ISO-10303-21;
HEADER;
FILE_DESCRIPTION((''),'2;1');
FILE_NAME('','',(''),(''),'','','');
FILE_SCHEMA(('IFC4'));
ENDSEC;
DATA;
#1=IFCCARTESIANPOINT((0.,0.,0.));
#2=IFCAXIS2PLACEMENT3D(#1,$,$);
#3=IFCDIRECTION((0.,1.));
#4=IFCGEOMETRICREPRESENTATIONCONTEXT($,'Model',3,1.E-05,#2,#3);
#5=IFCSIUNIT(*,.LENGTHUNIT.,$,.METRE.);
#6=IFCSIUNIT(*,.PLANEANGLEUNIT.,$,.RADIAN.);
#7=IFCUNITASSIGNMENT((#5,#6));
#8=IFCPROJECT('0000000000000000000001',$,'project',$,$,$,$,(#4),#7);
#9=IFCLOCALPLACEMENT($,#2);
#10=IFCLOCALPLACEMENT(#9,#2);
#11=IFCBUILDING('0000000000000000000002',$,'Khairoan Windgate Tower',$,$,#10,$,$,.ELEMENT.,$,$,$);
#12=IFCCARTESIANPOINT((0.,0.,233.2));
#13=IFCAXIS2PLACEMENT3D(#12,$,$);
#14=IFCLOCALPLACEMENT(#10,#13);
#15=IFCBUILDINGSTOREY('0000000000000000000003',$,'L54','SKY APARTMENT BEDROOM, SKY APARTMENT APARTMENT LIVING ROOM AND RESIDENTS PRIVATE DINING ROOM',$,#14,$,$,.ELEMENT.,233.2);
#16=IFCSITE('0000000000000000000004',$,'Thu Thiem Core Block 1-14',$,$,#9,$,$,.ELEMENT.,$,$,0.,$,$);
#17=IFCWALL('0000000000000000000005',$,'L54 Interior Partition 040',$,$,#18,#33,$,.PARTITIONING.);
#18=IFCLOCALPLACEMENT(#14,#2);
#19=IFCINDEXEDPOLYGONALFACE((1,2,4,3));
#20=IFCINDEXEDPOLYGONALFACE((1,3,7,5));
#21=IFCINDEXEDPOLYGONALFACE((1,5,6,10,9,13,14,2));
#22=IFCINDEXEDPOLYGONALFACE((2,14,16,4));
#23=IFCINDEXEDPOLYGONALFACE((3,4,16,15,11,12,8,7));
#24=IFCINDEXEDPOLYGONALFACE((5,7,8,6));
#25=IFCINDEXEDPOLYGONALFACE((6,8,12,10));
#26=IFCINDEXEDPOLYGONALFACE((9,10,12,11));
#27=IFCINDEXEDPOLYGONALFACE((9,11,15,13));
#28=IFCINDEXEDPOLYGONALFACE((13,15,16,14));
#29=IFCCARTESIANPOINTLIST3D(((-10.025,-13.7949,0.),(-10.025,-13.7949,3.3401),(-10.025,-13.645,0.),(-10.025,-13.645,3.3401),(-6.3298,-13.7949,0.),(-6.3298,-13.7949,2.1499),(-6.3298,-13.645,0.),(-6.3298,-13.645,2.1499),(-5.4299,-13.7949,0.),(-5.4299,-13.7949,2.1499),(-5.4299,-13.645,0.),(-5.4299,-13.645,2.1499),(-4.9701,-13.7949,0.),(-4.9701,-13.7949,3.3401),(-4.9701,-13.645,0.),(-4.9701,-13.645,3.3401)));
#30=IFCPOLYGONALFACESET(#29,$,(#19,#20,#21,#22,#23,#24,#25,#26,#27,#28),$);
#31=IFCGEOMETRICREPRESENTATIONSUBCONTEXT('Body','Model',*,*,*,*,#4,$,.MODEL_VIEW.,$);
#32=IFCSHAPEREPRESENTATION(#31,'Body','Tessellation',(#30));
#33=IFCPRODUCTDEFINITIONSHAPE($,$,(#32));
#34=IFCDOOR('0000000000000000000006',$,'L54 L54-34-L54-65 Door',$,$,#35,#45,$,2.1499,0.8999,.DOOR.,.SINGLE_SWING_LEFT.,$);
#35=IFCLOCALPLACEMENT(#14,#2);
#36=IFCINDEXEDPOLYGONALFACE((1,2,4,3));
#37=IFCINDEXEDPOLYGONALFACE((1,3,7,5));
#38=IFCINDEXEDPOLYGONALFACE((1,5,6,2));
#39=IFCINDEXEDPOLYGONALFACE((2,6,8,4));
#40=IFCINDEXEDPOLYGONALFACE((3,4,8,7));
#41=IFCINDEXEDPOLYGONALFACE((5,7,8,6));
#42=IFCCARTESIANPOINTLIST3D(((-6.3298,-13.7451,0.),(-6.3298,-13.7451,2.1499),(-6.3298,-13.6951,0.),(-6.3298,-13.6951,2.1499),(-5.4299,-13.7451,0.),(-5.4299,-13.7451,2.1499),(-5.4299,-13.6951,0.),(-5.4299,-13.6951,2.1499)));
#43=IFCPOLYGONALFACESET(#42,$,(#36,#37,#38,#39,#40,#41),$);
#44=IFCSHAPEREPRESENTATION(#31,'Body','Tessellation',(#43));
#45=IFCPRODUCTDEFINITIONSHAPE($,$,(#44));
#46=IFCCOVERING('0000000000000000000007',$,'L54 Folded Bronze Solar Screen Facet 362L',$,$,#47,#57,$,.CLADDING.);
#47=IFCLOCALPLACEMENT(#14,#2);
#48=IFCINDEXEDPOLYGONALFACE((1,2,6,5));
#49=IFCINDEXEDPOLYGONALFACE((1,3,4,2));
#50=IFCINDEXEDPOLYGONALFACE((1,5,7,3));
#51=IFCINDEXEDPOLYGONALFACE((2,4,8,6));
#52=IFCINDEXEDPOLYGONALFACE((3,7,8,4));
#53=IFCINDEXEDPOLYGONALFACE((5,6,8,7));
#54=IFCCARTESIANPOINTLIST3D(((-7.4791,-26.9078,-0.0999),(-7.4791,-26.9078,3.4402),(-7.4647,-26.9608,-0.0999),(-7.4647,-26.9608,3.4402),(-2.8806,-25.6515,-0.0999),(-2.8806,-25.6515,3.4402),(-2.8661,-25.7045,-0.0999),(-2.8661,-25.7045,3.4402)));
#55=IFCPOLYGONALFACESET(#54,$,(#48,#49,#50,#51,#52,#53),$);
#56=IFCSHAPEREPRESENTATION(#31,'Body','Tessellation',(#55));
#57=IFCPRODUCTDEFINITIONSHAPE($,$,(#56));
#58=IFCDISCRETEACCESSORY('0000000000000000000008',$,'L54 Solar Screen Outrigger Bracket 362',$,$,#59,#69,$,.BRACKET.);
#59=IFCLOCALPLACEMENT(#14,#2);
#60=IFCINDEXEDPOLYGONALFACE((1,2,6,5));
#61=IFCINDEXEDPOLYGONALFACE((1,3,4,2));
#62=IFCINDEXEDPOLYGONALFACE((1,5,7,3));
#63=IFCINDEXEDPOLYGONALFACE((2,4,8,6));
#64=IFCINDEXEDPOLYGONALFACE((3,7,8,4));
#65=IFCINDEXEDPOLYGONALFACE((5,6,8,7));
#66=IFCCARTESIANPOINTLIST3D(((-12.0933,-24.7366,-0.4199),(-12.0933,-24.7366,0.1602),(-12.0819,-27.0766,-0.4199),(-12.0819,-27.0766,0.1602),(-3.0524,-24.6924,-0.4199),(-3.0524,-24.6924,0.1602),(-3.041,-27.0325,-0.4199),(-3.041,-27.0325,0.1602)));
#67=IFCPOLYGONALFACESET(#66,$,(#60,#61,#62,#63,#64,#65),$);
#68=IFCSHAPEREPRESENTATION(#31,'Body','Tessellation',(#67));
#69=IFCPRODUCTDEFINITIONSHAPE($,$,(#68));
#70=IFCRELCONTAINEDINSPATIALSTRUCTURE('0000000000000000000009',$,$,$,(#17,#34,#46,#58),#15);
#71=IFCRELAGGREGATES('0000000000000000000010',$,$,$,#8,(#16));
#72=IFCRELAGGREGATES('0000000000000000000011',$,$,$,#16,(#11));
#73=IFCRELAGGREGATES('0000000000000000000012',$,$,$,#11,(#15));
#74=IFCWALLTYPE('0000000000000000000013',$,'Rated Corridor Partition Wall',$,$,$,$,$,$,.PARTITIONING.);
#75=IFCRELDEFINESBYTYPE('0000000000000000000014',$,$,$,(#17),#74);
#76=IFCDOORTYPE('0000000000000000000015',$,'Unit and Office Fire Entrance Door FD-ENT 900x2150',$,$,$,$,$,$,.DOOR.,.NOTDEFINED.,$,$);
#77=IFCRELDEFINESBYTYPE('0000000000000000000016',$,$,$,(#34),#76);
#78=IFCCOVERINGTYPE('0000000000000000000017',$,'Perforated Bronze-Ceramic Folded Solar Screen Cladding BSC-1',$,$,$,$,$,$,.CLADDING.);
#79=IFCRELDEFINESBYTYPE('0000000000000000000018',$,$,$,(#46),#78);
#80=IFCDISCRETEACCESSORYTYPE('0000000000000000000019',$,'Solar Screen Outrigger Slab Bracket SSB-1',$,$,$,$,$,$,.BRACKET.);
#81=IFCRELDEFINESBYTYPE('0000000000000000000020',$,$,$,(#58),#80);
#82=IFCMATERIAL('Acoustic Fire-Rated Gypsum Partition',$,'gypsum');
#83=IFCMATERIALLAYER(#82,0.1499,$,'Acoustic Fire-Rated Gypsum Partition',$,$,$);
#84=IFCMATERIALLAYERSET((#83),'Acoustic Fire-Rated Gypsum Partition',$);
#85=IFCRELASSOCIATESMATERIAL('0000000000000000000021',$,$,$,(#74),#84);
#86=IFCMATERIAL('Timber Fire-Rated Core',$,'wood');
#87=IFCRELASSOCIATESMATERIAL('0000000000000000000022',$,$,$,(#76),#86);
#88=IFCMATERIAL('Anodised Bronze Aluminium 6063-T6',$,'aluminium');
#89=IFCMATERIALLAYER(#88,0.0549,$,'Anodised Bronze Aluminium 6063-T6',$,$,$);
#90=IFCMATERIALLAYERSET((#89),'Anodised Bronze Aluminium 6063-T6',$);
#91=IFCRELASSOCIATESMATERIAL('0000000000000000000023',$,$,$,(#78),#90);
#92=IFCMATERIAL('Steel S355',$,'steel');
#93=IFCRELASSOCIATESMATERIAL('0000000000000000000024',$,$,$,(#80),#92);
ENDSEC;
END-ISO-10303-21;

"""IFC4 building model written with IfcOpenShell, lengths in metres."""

from ifc_helpers import new_model, si_unit, direction, frame, frame_2d, origin, origin_2d, place, context, subcontext, project, spatial, rectangle, extrude, material, layer, layer_set, type_object, element, fill, save


model = new_model("IFC4")

# Units and contexts
model_context = context("Model", 3, precision=1e-05, world=origin(), true_north=direction((0.0, 1.0)))
body_context = subcontext(model_context, "Body", "Model", "MODEL_VIEW")
ifc_project = project(units=[si_unit("LENGTHUNIT", "METRE"), si_unit("PLANEANGLEUNIT", "RADIAN")], contexts=[model_context])

# Site, building, storey
site_placement = place(None, origin())
site = spatial("IfcSite", under=ifc_project, at=site_placement, Name="Thu Thiem Core Block 1-14", CompositionType="ELEMENT", RefElevation=0.0)
building_placement = place(site_placement, origin())
building = spatial("IfcBuilding", under=site, at=building_placement, Name="Khairoan Windgate Tower", CompositionType="ELEMENT")
storey_placement = place(building_placement, frame((0.0, 0.0, 233.2)))
storey = spatial("IfcBuildingStorey", under=building, at=storey_placement, Name="L54", Description="SKY APARTMENT BEDROOM, SKY APARTMENT APARTMENT LIVING ROOM AND RESIDENTS PRIVATE DINING ROOM", CompositionType="ELEMENT", Elevation=233.2)

# Shared definitions
ifc_material_1 = material(Name="Acoustic Fire-Rated Gypsum Partition", Category="gypsum")
ifc_layer_1 = layer(ifc_material_1, 0.1499, Name="Acoustic Fire-Rated Gypsum Partition")
ifc_layer_set_1 = layer_set([ifc_layer_1], Name="Acoustic Fire-Rated Gypsum Partition")
wall_type_1 = type_object("IfcWallType", Name="Rated Corridor Partition Wall", PredefinedType="PARTITIONING", material=ifc_layer_set_1)
ifc_material_2 = material(Name="Timber Fire-Rated Core", Category="wood")
door_type_1 = type_object("IfcDoorType", Name="Unit and Office Fire Entrance Door FD-ENT 900x2150", OperationType="NOTDEFINED", PredefinedType="DOOR", material=ifc_material_2)

# Wall, opening, door
wall_1_placement = place(storey_placement, frame((-10.0249, -13.72, 0.0), z_axis=(0.0, 0.0, 1.0), x_axis=(1.0, 0.0, 0.0)))
wall_1 = element("IfcWall", 1, at=wall_1_placement, inside=storey, type_object=wall_type_1, Name="L54 Interior Partition 040", PredefinedType="PARTITIONING", context=body_context, shape_type="SweptSolid", body=[
    extrude(rectangle(XDim=5.0549, YDim=0.1499, at=frame_2d((2.5273, 0.0))), origin(), (0.0, 0.0, 1.0), 3.3401),
])
opening_1_placement = place(wall_1_placement, frame((3.6951, 0.0, 0.0)))
opening_1 = element("IfcOpeningElement", 2, at=opening_1_placement, cuts=wall_1, PredefinedType="OPENING", context=body_context, shape_type="SweptSolid", body=[
    extrude(rectangle(XDim=0.8999, YDim=2.1499, at=frame_2d((0.45, 1.075))), frame((0.0, 0.085, 0.0), z_axis=(0.0, -1.0, 0.0), x_axis=(1.0, 0.0, 0.0)), (0.0, 0.0, 1.0), 0.1699),
])
door_1_placement = place(opening_1_placement, origin())
door_1 = element("IfcDoor", 3, at=door_1_placement, inside=storey, type_object=door_type_1, Name="L54 L54-34-L54-65 Door", OperationType="SINGLE_SWING_LEFT", OverallHeight=2.1499, OverallWidth=0.8999, PredefinedType="DOOR", context=body_context, shape_type="SweptSolid", body=[
    extrude(rectangle(XDim=0.8999, YDim=2.1499, at=frame_2d((0.45, 1.075))), frame((0.0, 0.0249, 0.0), z_axis=(0.0, -1.0, 0.0), x_axis=(1.0, 0.0, 0.0)), (0.0, 0.0, 1.0), 0.05),
])
fill(opening_1, door_1)

# Covering
ifc_material_3 = material(Name="Anodised Bronze Aluminium 6063-T6", Category="aluminium")
ifc_layer_2 = layer(ifc_material_3, 0.0549, Name="Anodised Bronze Aluminium 6063-T6")
ifc_layer_set_2 = layer_set([ifc_layer_2], Name="Anodised Bronze Aluminium 6063-T6")
covering_type = type_object("IfcCoveringType", Name="Perforated Bronze-Ceramic Folded Solar Screen Cladding BSC-1", PredefinedType="CLADDING", material=ifc_layer_set_2)
covering_placement = place(storey_placement, frame((-5.1726, -26.3062, -0.0999), z_axis=(0.0, 0.0, 1.0), x_axis=(-0.964649, -0.263536, 0.0)))
element("IfcCovering", 4, at=covering_placement, inside=storey, type_object=covering_type, Name="L54 Folded Bronze Solar Screen Facet 362L", PredefinedType="CLADDING", context=body_context, shape_type="SweptSolid", body=[
    extrude(rectangle(XDim=4.7671, YDim=0.0549, at=origin_2d()), origin(), (0.0, 0.0, 1.0), 3.54),
])

# Discrete accessory
ifc_material_4 = material(Name="Steel S355", Category="steel")
discrete_accessory_type = type_object("IfcDiscreteAccessoryType", Name="Solar Screen Outrigger Slab Bracket SSB-1", PredefinedType="BRACKET", material=ifc_material_4)
discrete_accessory_placement = place(storey_placement, frame((-7.5671, -25.8845, -0.4199), z_axis=(0.0, 0.0, 1.0), x_axis=(-0.999988, -0.004887, 0.0)))
element("IfcDiscreteAccessory", 5, at=discrete_accessory_placement, inside=storey, type_object=discrete_accessory_type, Name="L54 Solar Screen Outrigger Bracket 362", PredefinedType="BRACKET", context=body_context, shape_type="SweptSolid", body=[
    extrude(rectangle(XDim=9.041, YDim=2.3401, at=origin_2d()), origin(), (0.0, 0.0, 1.0), 0.5801),
])

save(model, "model.ifc")
